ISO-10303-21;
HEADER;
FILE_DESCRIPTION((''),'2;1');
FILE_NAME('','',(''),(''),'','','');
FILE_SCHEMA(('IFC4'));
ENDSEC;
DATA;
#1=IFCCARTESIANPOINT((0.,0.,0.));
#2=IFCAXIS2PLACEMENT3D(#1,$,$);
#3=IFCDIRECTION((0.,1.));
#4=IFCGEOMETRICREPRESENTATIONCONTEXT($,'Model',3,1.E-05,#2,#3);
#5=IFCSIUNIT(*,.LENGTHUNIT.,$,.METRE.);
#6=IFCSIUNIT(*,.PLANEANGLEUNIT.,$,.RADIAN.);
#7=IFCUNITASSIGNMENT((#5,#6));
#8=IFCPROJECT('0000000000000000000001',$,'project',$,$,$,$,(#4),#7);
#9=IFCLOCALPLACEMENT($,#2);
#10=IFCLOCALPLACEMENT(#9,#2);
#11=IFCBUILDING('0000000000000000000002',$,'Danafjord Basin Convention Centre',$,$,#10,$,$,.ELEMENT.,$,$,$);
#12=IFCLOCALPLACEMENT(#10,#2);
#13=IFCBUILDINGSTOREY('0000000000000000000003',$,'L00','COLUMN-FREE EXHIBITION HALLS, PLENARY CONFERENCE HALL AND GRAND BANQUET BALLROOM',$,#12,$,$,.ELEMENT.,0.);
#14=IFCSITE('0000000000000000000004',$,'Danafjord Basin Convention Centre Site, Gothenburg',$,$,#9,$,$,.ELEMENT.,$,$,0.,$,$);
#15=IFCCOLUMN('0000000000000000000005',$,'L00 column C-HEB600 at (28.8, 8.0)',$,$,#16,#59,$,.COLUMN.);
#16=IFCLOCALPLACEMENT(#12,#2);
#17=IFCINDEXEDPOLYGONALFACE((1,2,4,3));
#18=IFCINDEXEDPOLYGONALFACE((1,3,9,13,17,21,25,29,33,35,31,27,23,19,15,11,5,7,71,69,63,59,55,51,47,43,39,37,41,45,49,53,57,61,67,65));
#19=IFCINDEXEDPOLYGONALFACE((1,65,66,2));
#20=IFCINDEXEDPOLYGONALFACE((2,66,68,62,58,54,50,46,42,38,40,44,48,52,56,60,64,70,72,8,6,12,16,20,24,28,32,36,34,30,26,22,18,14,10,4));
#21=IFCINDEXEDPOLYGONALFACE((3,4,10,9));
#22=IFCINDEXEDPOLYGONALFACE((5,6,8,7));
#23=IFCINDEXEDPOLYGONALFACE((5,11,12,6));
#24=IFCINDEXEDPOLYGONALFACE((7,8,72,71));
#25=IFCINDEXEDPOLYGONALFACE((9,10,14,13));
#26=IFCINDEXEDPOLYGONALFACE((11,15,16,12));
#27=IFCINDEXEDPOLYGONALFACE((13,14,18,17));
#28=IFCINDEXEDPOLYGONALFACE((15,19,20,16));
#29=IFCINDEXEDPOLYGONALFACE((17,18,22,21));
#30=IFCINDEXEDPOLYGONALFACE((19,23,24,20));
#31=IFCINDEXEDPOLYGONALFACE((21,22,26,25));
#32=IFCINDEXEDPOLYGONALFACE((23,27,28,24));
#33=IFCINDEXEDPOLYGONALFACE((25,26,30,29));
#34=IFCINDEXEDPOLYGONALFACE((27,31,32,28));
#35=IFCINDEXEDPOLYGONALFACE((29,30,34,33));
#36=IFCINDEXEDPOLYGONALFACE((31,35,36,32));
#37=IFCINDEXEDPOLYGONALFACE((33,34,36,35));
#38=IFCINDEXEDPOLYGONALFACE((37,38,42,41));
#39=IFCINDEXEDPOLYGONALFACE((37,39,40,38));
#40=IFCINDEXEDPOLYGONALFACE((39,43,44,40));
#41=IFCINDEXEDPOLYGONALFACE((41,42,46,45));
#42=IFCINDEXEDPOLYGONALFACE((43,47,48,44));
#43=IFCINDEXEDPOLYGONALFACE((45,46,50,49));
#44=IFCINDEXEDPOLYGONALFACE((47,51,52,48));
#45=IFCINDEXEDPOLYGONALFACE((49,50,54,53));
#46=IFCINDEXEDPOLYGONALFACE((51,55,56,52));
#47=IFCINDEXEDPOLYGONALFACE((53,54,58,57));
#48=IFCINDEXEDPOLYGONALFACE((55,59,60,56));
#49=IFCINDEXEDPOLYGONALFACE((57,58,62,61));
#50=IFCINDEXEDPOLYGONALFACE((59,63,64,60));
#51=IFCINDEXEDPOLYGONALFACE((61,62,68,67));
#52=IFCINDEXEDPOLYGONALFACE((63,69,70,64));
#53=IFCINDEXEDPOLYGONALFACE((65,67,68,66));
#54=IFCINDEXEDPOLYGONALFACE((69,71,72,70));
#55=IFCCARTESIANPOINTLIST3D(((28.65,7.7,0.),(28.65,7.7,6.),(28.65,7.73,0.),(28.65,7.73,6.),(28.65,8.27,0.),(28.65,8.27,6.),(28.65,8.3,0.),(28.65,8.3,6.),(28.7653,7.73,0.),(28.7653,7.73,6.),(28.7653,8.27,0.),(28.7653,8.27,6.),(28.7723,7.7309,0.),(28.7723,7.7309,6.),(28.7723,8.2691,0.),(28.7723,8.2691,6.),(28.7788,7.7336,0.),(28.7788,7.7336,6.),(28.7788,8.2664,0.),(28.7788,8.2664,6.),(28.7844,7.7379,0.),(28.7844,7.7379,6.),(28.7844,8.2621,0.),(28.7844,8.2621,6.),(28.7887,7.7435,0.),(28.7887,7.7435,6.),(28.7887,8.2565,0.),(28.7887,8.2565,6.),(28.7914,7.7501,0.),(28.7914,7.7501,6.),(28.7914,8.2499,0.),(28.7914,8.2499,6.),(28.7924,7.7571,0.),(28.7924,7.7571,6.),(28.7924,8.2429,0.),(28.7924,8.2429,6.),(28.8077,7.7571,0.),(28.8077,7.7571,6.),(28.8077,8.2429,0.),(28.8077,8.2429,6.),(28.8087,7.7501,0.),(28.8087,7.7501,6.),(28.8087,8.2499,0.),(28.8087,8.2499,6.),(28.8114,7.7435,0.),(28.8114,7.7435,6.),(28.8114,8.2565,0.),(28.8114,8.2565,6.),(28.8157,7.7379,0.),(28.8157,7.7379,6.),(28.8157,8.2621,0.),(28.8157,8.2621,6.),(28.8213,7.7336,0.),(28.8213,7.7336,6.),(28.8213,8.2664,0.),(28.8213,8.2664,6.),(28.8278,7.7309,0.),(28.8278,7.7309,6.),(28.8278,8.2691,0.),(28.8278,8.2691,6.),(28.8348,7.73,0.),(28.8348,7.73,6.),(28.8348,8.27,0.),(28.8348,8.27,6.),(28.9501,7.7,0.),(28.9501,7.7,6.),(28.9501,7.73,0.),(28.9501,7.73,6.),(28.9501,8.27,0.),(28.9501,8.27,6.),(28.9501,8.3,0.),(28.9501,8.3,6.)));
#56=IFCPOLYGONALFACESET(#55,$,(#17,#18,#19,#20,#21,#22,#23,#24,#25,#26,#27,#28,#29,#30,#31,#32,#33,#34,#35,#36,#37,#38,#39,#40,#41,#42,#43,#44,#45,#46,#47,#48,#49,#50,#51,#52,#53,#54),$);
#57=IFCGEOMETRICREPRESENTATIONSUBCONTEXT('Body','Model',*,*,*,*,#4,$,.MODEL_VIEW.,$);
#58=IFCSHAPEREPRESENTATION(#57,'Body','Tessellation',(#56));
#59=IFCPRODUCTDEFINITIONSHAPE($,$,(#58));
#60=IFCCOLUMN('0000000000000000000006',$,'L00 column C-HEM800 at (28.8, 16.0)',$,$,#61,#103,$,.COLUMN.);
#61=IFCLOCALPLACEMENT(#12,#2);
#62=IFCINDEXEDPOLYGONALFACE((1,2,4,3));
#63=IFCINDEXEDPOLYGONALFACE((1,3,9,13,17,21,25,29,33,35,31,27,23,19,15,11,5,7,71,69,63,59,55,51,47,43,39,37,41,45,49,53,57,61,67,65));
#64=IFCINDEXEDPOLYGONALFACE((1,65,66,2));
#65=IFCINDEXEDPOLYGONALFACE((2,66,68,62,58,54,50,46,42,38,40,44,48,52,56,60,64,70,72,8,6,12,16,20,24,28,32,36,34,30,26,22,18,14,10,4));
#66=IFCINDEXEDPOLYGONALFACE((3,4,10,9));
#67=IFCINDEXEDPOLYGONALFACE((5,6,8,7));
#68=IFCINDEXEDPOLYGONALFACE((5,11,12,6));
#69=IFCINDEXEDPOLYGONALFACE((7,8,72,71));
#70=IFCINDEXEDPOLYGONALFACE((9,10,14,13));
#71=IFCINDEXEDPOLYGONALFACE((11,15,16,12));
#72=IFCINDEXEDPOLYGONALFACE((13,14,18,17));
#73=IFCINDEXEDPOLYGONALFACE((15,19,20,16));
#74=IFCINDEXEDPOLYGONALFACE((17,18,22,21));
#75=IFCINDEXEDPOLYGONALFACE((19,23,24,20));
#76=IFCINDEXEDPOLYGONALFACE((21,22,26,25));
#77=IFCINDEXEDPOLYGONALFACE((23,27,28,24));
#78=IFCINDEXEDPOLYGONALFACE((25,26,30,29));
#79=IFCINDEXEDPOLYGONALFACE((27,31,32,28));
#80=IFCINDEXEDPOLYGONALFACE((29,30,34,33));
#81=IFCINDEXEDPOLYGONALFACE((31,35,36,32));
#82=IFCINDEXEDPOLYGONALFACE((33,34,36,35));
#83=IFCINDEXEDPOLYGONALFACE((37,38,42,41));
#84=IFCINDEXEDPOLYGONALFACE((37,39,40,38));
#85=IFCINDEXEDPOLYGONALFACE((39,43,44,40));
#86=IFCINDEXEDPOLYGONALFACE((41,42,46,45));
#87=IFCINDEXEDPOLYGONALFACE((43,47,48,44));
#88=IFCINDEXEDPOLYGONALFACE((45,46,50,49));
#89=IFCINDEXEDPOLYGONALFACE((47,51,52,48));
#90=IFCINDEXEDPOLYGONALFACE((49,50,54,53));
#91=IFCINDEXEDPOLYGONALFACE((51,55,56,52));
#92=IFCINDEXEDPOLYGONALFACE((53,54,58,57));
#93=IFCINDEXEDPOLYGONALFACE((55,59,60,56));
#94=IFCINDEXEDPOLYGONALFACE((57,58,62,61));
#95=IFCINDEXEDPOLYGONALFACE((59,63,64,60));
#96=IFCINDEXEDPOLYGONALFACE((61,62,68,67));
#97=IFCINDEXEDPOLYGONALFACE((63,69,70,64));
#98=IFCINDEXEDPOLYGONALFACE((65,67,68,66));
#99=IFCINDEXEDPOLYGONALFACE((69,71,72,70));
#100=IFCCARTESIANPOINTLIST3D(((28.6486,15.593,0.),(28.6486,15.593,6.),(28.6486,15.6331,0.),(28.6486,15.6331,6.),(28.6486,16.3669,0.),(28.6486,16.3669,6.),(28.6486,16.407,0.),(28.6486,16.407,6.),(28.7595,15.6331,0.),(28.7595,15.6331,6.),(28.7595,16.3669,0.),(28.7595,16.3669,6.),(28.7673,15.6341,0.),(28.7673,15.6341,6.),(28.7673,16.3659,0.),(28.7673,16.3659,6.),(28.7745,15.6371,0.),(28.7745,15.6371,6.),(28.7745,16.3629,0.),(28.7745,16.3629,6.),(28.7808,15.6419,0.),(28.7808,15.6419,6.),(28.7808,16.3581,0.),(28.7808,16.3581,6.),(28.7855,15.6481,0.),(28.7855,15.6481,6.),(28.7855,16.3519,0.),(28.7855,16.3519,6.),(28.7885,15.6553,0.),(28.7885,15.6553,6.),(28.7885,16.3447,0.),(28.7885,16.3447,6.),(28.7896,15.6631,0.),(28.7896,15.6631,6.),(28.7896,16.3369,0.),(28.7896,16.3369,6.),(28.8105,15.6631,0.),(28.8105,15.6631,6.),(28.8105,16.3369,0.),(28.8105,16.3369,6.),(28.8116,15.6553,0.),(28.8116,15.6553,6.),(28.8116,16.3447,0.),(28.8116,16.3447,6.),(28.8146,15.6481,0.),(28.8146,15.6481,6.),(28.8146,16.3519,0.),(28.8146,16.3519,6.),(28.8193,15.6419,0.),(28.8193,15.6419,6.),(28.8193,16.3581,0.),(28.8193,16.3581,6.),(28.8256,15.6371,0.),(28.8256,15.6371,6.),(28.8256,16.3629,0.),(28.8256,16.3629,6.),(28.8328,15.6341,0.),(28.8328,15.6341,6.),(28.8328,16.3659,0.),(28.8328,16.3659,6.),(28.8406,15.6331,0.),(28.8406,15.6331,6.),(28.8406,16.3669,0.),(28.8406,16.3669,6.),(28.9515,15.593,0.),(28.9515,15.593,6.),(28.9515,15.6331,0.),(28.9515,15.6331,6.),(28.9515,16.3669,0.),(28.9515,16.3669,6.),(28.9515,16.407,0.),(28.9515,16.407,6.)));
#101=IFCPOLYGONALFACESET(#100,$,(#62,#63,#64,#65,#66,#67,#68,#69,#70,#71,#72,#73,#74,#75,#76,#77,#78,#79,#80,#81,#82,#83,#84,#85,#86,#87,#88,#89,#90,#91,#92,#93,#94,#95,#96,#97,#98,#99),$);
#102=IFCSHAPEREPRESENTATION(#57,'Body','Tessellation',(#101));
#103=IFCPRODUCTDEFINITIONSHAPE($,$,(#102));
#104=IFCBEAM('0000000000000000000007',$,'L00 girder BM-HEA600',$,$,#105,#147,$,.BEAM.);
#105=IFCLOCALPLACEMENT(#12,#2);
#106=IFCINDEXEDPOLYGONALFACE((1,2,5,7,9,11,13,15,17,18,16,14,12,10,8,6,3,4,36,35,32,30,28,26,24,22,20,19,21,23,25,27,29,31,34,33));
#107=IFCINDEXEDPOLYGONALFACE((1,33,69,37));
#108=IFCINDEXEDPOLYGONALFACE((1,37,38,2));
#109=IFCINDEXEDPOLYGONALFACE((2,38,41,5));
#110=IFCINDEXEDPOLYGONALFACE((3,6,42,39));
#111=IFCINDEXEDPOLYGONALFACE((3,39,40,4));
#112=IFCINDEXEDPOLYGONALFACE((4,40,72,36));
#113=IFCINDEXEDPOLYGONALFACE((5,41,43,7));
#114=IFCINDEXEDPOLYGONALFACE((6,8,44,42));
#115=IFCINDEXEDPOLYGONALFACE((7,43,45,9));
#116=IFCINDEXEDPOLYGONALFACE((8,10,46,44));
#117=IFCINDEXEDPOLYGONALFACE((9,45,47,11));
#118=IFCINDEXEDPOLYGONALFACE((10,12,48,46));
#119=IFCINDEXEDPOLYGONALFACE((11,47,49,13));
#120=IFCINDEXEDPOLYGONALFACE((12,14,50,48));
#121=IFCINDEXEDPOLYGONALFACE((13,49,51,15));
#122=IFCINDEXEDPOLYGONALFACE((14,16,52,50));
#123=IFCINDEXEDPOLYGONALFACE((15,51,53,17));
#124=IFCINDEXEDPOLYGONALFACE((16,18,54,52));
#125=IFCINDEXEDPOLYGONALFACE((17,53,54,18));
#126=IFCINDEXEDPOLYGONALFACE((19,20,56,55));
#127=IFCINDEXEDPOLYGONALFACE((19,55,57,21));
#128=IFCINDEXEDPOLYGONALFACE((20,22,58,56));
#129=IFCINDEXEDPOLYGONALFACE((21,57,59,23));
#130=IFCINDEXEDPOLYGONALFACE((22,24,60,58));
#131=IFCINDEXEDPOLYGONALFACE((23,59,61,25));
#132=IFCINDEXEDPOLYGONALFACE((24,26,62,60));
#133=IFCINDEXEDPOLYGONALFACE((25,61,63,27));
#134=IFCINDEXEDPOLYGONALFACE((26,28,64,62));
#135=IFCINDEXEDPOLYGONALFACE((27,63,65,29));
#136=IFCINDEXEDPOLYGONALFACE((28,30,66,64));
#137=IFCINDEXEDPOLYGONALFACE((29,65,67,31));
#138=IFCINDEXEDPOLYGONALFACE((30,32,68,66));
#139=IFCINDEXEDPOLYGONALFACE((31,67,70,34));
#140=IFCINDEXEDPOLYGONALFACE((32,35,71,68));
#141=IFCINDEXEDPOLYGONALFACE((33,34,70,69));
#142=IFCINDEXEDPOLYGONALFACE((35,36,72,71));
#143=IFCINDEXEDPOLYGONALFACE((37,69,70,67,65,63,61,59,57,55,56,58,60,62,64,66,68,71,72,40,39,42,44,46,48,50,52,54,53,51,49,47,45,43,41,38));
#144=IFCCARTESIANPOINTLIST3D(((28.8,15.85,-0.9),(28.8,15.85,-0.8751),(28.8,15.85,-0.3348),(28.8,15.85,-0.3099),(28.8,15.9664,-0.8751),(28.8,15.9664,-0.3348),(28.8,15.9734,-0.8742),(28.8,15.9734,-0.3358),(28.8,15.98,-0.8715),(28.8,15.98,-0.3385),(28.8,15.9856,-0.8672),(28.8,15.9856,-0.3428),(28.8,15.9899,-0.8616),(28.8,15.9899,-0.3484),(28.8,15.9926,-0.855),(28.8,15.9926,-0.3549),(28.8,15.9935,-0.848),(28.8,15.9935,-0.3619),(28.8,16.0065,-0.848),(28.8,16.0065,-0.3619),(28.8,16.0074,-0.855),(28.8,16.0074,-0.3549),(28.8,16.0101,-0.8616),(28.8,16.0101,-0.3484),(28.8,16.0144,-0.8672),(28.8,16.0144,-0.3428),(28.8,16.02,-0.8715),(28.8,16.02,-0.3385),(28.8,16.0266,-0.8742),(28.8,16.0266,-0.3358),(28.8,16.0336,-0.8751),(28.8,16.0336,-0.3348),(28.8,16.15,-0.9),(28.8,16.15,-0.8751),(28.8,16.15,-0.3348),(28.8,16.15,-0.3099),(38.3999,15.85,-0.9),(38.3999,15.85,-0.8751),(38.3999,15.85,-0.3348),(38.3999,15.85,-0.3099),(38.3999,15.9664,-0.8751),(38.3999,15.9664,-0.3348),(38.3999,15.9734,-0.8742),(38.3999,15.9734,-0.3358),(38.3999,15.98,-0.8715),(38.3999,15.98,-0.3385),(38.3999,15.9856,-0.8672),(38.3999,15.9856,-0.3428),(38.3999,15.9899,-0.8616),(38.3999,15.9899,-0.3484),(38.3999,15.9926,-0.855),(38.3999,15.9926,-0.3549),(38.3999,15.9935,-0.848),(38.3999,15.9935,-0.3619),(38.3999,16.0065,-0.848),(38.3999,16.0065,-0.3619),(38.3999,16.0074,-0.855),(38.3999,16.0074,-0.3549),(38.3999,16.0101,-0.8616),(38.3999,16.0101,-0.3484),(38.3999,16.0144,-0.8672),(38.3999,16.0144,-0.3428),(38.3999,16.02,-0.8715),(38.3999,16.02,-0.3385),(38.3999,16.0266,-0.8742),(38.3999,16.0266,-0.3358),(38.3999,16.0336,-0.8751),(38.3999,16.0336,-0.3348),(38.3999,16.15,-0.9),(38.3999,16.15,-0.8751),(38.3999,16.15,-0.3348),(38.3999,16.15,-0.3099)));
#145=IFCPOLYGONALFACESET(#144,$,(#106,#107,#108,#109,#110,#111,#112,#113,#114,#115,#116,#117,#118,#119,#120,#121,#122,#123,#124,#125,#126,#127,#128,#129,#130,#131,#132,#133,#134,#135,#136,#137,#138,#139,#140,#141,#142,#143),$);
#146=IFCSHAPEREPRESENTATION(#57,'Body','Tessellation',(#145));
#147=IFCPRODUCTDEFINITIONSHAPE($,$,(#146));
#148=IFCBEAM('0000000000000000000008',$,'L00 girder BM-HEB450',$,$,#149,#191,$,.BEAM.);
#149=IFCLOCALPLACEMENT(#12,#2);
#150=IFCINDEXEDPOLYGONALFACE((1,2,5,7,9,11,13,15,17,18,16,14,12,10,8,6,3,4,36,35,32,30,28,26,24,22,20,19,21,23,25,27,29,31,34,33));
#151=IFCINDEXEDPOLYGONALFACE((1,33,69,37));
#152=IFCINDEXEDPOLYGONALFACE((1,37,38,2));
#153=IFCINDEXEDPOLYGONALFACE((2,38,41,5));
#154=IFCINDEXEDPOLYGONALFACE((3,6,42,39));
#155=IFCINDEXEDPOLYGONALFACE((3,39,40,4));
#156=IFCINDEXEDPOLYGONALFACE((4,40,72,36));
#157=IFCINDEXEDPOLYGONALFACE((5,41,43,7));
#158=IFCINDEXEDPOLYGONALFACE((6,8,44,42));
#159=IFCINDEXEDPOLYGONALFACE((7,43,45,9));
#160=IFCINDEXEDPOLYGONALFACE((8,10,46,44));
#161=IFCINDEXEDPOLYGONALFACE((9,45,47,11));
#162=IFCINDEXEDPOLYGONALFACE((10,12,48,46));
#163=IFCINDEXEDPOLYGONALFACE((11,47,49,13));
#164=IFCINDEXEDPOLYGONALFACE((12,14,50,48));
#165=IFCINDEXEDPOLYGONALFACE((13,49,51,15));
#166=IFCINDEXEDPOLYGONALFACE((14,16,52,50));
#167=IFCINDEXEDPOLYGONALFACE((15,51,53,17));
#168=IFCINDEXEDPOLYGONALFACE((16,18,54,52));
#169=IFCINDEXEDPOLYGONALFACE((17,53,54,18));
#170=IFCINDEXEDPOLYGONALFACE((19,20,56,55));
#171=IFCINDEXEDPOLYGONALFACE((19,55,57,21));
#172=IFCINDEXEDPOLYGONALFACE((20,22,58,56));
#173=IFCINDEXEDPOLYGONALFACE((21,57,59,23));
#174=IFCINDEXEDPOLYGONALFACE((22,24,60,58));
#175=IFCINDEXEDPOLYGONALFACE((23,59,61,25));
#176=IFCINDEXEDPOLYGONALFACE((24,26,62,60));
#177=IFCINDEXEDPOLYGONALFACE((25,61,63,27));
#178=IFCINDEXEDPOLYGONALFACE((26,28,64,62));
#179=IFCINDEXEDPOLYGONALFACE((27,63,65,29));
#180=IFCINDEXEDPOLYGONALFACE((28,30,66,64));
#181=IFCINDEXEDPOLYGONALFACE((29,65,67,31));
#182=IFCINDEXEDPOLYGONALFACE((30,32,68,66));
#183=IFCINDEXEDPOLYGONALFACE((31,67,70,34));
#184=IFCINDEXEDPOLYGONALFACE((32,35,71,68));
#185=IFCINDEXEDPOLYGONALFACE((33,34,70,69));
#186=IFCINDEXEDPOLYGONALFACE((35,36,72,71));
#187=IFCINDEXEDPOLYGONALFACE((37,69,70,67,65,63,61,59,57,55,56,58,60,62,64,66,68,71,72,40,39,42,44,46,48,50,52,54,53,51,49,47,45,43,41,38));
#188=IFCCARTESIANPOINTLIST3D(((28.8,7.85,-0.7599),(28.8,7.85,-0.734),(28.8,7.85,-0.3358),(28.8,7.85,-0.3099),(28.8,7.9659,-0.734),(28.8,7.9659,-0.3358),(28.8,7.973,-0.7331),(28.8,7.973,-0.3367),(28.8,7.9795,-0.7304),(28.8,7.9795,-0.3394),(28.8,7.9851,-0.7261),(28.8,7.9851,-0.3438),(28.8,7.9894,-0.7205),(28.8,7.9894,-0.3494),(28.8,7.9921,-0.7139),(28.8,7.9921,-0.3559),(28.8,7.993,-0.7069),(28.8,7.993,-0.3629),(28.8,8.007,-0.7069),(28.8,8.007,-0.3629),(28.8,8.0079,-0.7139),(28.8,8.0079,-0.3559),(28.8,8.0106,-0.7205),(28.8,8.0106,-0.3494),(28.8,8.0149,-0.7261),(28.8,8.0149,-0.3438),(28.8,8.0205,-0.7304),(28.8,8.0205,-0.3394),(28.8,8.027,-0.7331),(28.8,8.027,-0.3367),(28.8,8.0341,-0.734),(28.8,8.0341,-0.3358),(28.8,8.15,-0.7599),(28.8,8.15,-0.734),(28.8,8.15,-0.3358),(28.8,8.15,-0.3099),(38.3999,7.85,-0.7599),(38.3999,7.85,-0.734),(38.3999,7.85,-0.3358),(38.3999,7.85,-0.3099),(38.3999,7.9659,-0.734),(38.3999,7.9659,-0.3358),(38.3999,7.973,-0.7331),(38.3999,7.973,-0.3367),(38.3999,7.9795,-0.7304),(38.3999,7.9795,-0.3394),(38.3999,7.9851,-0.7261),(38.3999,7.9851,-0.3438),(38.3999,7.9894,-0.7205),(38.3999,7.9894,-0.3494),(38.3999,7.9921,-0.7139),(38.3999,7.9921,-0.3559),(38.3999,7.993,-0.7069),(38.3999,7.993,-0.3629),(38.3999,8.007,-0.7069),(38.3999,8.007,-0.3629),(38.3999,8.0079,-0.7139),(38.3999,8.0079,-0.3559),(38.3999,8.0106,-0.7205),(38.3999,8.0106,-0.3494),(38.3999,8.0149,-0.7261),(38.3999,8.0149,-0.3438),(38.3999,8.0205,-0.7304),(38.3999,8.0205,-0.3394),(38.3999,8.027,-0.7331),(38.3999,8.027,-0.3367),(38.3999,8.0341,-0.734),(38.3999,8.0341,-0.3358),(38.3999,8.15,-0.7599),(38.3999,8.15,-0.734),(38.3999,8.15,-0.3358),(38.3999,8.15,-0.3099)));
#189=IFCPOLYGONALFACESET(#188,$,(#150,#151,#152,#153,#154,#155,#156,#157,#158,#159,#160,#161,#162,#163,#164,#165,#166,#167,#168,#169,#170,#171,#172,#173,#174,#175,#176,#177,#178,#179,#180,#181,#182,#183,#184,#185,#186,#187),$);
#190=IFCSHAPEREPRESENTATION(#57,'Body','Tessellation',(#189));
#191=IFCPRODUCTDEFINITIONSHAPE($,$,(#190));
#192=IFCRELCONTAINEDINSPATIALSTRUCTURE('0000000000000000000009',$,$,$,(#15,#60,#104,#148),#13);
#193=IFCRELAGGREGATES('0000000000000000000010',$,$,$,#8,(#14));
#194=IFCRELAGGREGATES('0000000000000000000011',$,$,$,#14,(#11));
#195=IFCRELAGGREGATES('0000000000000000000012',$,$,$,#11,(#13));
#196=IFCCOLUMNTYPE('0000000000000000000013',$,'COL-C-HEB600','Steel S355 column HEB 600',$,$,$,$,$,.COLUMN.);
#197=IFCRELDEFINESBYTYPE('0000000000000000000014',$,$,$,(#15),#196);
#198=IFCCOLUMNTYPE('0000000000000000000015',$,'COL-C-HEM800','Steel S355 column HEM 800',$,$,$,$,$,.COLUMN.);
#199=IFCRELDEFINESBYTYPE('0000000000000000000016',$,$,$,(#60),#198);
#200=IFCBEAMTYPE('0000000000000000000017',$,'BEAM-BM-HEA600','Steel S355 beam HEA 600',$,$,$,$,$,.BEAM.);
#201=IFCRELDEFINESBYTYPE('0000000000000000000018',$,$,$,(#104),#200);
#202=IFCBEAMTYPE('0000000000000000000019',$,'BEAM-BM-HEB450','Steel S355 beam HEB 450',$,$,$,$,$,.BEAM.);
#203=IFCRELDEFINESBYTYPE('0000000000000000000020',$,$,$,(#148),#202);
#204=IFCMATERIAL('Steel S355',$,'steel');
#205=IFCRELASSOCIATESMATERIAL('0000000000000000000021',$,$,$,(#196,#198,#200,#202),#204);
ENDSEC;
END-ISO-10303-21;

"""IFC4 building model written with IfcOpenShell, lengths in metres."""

from ifc_helpers import new_model, si_unit, direction, frame, origin, origin_2d, place, context, subcontext, project, spatial, i_section, extrude, material, material_profile, profile_set, type_object, element, save


model = new_model("IFC4")

# Units and contexts
model_context = context("Model", 3, precision=1e-05, world=origin(), true_north=direction((0.0, 1.0)))
body_context = subcontext(model_context, "Body", "Model", "MODEL_VIEW")
ifc_project = project(units=[si_unit("LENGTHUNIT", "METRE"), si_unit("PLANEANGLEUNIT", "RADIAN")], contexts=[model_context])

# Site, building, storey
site_placement = place(None, origin())
site = spatial("IfcSite", under=ifc_project, at=site_placement, Name="Danafjord Basin Convention Centre Site, Gothenburg", CompositionType="ELEMENT", RefElevation=0.0)
building_placement = place(site_placement, origin())
building = spatial("IfcBuilding", under=site, at=building_placement, Name="Danafjord Basin Convention Centre", CompositionType="ELEMENT")
storey_placement = place(building_placement, origin())
storey = spatial("IfcBuildingStorey", under=building, at=storey_placement, Name="L00", Description="COLUMN-FREE EXHIBITION HALLS, PLENARY CONFERENCE HALL AND GRAND BANQUET BALLROOM", CompositionType="ELEMENT", Elevation=0.0)

# Columns
ifc_material_1 = material(Name="Steel S355", Category="steel")
ifc_material_profile_1 = material_profile(ifc_material_1, i_section(OverallWidth=0.3, OverallDepth=0.6001, WebThickness=0.0154, FlangeThickness=0.03, FilletRadius=0.0271, at=origin_2d()), Name="HEB 600")
ifc_profile_set_1 = profile_set([ifc_material_profile_1], Name="Steel S355")
column_type_1 = type_object("IfcColumnType", Name="COL-C-HEB600", Description="Steel S355 column HEB 600", PredefinedType="COLUMN", material=ifc_profile_set_1)
column_1_placement = place(storey_placement, frame((28.8, 8.0, 0.0), z_axis=(0.0, 0.0, 1.0), x_axis=(1.0, 0.0, 0.0)))
element("IfcColumn", 1, at=column_1_placement, inside=storey, type_object=column_type_1, Name="L00 column C-HEB600 at (28.8, 8.0)", PredefinedType="COLUMN", context=body_context, shape_type="SweptSolid", body=[
    extrude(i_section(OverallWidth=0.3, OverallDepth=0.6001, WebThickness=0.0154, FlangeThickness=0.03, FilletRadius=0.0271, at=origin_2d()), origin(), (0.0, 0.0, 1.0), 6.0),
])
ifc_material_profile_2 = material_profile(ifc_material_1, i_section(OverallWidth=0.303, OverallDepth=0.814, WebThickness=0.021, FlangeThickness=0.04, FilletRadius=0.03, at=origin_2d()), Name="HEM 800")
ifc_profile_set_2 = profile_set([ifc_material_profile_2], Name="Steel S355")
column_type_2 = type_object("IfcColumnType", Name="COL-C-HEM800", Description="Steel S355 column HEM 800", PredefinedType="COLUMN", material=ifc_profile_set_2)
column_2_placement = place(storey_placement, frame((28.8, 16.0, 0.0), z_axis=(0.0, 0.0, 1.0), x_axis=(1.0, 0.0, 0.0)))
element("IfcColumn", 2, at=column_2_placement, inside=storey, type_object=column_type_2, Name="L00 column C-HEM800 at (28.8, 16.0)", PredefinedType="COLUMN", context=body_context, shape_type="SweptSolid", body=[
    extrude(i_section(OverallWidth=0.303, OverallDepth=0.814, WebThickness=0.021, FlangeThickness=0.04, FilletRadius=0.03, at=origin_2d()), origin(), (0.0, 0.0, 1.0), 6.0),
])

# Beams
ifc_material_profile_3 = material_profile(ifc_material_1, i_section(OverallWidth=0.3, OverallDepth=0.5901, WebThickness=0.0129, FlangeThickness=0.0249, FilletRadius=0.0271, at=origin_2d()), Name="HEA 600")
ifc_profile_set_3 = profile_set([ifc_material_profile_3], Name="Steel S355")
beam_type_1 = type_object("IfcBeamType", Name="BEAM-BM-HEA600", Description="Steel S355 beam HEA 600", PredefinedType="BEAM", material=ifc_profile_set_3)
beam_1_placement = place(storey_placement, frame((28.8, 16.0, -0.605), z_axis=(1.0, 0.0, 0.0), x_axis=(0.0, 1.0, 0.0)))
element("IfcBeam", 3, at=beam_1_placement, inside=storey, type_object=beam_type_1, Name="L00 girder BM-HEA600", PredefinedType="BEAM", context=body_context, shape_type="SweptSolid", body=[
    extrude(i_section(OverallWidth=0.3, OverallDepth=0.5901, WebThickness=0.0129, FlangeThickness=0.0249, FilletRadius=0.0271, at=origin_2d()), origin(), (0.0, 0.0, 1.0), 9.5999),
])
ifc_material_profile_4 = material_profile(ifc_material_1, i_section(OverallWidth=0.3, OverallDepth=0.45, WebThickness=0.0139, FlangeThickness=0.0259, FilletRadius=0.0271, at=origin_2d()), Name="HEB 450")
ifc_profile_set_4 = profile_set([ifc_material_profile_4], Name="Steel S355")
beam_type_2 = type_object("IfcBeamType", Name="BEAM-BM-HEB450", Description="Steel S355 beam HEB 450", PredefinedType="BEAM", material=ifc_profile_set_4)
beam_2_placement = place(storey_placement, frame((28.8, 8.0, -0.5349), z_axis=(1.0, 0.0, 0.0), x_axis=(0.0, 1.0, 0.0)))
element("IfcBeam", 4, at=beam_2_placement, inside=storey, type_object=beam_type_2, Name="L00 girder BM-HEB450", PredefinedType="BEAM", context=body_context, shape_type="SweptSolid", body=[
    extrude(i_section(OverallWidth=0.3, OverallDepth=0.45, WebThickness=0.0139, FlangeThickness=0.0259, FilletRadius=0.0271, at=origin_2d()), origin(), (0.0, 0.0, 1.0), 9.5999),
])

save(model, "model.ifc")
